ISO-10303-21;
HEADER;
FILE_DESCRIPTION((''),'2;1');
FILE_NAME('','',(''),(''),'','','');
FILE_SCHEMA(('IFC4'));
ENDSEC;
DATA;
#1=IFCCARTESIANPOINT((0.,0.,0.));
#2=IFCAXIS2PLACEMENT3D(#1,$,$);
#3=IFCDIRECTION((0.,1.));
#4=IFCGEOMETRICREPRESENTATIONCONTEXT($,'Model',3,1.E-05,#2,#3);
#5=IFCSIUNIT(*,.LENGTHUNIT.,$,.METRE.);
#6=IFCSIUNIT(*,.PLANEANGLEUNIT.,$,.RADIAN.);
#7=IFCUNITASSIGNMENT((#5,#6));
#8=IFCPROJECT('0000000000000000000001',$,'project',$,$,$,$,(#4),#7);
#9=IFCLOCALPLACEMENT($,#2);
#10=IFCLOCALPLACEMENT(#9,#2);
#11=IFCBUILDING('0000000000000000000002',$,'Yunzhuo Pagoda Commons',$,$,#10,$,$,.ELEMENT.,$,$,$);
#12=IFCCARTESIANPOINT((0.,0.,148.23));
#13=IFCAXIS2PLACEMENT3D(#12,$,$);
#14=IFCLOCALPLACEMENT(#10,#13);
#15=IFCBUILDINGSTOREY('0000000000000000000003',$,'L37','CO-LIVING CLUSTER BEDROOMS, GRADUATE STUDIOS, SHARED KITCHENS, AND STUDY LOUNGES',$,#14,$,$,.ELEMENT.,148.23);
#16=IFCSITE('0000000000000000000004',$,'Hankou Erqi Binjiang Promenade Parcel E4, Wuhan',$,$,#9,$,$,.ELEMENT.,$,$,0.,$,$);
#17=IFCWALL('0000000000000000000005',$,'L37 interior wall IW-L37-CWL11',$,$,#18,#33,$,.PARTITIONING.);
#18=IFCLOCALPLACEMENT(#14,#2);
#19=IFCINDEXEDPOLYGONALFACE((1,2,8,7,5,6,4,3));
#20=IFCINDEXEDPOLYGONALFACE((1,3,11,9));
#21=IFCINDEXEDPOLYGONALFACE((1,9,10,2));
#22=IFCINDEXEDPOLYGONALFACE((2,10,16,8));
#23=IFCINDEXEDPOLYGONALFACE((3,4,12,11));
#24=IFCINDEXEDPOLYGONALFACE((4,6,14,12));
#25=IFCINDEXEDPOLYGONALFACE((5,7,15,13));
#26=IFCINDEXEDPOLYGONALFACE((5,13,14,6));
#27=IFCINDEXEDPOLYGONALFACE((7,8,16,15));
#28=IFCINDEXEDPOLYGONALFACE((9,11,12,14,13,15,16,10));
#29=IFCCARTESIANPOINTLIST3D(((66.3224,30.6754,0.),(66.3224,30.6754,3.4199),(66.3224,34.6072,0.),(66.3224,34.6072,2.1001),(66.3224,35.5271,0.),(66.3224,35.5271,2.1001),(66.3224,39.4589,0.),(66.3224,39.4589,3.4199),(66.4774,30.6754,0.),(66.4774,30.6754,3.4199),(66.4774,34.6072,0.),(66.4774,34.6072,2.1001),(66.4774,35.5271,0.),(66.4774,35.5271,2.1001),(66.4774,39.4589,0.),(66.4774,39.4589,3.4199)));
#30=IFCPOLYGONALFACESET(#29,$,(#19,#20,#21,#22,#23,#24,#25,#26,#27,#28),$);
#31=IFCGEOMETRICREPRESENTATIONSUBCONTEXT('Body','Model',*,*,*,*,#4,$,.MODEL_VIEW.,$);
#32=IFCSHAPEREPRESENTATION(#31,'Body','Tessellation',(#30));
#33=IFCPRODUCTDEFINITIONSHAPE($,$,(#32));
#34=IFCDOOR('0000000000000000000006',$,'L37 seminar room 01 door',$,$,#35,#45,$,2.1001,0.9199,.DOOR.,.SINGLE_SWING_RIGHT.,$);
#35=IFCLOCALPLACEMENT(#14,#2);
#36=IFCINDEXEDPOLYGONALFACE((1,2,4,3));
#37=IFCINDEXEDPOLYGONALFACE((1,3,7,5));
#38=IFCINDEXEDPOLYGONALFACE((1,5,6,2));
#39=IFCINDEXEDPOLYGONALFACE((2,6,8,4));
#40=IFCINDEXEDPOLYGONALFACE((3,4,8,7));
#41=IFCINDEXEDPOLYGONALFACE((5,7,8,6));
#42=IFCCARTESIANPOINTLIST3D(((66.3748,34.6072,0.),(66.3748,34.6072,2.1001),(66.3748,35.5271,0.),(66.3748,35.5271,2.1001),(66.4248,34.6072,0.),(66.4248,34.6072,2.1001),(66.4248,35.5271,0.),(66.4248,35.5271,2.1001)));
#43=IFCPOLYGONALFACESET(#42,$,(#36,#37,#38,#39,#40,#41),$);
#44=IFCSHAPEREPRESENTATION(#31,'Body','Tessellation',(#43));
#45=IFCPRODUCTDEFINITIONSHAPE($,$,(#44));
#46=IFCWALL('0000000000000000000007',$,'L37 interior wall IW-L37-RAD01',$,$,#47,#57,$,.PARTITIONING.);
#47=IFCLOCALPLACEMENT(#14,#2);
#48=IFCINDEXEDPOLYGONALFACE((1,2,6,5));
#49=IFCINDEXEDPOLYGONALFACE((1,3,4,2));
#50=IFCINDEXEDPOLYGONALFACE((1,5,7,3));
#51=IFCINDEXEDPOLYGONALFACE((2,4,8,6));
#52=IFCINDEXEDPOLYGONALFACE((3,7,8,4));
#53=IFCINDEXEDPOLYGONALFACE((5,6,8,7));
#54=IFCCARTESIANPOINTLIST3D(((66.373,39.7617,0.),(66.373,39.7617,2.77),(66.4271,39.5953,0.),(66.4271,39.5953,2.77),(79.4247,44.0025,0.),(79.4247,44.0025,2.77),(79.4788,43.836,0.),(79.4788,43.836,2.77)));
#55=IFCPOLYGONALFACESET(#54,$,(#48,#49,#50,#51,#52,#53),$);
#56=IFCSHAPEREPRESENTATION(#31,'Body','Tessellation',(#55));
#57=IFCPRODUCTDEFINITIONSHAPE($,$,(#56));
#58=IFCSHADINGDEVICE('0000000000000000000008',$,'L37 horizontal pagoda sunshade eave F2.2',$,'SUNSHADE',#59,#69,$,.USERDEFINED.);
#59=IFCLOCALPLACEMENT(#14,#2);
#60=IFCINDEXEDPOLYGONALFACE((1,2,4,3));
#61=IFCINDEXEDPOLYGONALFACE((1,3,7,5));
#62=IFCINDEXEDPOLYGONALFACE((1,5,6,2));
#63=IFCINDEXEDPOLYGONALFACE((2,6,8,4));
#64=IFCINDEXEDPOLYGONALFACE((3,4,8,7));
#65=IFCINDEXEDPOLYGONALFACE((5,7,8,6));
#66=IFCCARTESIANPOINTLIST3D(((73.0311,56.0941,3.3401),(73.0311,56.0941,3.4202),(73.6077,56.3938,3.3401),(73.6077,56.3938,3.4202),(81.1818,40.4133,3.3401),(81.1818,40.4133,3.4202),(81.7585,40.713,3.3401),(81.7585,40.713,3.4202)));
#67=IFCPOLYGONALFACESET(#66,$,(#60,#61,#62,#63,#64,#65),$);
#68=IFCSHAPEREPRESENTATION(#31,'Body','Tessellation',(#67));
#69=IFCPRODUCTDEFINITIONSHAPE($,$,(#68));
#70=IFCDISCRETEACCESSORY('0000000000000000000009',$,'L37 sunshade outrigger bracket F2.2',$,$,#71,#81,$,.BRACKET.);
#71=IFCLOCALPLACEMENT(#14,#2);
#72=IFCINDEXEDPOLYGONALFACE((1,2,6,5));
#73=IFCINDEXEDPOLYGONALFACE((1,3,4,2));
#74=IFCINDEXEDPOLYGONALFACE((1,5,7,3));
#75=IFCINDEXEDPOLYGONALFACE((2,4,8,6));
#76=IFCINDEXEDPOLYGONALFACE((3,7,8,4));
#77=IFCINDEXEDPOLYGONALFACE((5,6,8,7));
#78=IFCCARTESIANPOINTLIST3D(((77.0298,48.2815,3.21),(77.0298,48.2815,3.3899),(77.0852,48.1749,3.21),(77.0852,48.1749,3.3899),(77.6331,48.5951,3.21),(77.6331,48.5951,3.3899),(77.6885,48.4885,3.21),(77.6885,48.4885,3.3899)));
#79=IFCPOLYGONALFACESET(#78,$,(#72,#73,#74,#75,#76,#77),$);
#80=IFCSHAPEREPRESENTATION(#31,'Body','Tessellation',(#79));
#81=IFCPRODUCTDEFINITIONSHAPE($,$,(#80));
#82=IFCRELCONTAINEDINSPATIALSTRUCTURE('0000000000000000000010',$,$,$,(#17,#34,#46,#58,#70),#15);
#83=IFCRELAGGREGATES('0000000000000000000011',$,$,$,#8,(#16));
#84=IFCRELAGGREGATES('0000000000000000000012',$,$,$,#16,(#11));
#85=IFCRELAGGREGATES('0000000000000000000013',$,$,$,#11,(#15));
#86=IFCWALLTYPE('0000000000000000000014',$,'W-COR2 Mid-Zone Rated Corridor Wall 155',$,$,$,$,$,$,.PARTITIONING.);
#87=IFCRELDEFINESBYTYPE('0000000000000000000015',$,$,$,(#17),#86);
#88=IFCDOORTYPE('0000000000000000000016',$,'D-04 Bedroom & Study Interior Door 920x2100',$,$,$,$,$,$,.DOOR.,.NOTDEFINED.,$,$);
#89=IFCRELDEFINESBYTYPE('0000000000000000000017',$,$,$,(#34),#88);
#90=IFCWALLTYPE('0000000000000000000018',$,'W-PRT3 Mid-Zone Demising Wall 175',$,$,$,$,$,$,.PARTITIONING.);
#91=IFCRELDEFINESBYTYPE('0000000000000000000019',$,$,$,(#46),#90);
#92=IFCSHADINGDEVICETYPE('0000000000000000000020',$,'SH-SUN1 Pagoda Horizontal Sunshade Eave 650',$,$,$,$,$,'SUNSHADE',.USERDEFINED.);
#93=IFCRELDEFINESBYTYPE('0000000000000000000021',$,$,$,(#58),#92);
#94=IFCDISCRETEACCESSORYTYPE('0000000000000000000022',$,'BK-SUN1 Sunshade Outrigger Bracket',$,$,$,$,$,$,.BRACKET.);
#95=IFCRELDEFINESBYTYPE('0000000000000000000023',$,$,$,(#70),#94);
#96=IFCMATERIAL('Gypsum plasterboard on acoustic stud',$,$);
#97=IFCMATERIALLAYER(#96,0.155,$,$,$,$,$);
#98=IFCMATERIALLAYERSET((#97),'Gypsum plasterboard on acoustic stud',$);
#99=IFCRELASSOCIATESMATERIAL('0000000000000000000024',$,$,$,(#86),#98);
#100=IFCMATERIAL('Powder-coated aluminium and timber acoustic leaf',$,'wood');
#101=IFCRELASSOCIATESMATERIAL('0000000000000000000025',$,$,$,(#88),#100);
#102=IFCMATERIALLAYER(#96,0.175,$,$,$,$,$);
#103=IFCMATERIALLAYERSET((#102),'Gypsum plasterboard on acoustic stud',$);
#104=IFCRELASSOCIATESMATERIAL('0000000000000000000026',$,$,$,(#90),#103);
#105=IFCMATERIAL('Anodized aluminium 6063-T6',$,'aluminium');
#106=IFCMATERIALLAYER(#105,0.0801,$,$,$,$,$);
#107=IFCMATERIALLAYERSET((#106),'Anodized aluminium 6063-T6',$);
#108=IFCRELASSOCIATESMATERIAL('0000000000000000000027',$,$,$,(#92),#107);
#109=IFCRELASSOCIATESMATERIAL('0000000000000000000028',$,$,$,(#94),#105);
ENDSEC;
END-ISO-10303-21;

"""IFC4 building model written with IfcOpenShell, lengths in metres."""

from ifc_helpers import new_model, si_unit, direction, frame, frame_2d, origin, origin_with_axes, origin_2d, place, context, subcontext, project, spatial, rectangle, extrude, source, transform, mapped, material, layer, layer_set, type_object, element, fill, save


model = new_model("IFC4")

# Units and contexts
model_context = context("Model", 3, precision=1e-05, world=origin(), true_north=direction((0.0, 1.0)))
body_context = subcontext(model_context, "Body", "Model", "MODEL_VIEW")
ifc_project = project(units=[si_unit("LENGTHUNIT", "METRE"), si_unit("PLANEANGLEUNIT", "RADIAN")], contexts=[model_context])

# Site, building, storey
site_placement = place(None, origin())
site = spatial("IfcSite", under=ifc_project, at=site_placement, Name="Hankou Erqi Binjiang Promenade Parcel E4, Wuhan", CompositionType="ELEMENT", RefElevation=0.0)
building_placement = place(site_placement, origin())
building = spatial("IfcBuilding", under=site, at=building_placement, Name="Yunzhuo Pagoda Commons", CompositionType="ELEMENT")
storey_placement = place(building_placement, frame((0.0, 0.0, 148.23)))
storey = spatial("IfcBuildingStorey", under=building, at=storey_placement, Name="L37", Description="CO-LIVING CLUSTER BEDROOMS, GRADUATE STUDIOS, SHARED KITCHENS, AND STUDY LOUNGES", CompositionType="ELEMENT", Elevation=148.23)

# Shared definitions
ifc_material_1 = material(Name="Anodized aluminium 6063-T6", Category="aluminium")

# Wall, opening, door
ifc_material_2 = material(Name="Gypsum plasterboard on acoustic stud")
ifc_layer_1 = layer(ifc_material_2, 0.155)
ifc_layer_set_1 = layer_set([ifc_layer_1], Name="Gypsum plasterboard on acoustic stud")
wall_type_1 = type_object("IfcWallType", Name="W-COR2 Mid-Zone Rated Corridor Wall 155", PredefinedType="PARTITIONING", material=ifc_layer_set_1)
wall_1_placement = place(storey_placement, frame((66.3999, 39.4587, 0.0), z_axis=(0.0, 0.0, 1.0), x_axis=(0.0, -1.0, 0.0)))
wall_1 = element("IfcWall", 1, at=wall_1_placement, inside=storey, type_object=wall_type_1, Name="L37 interior wall IW-L37-CWL11", PredefinedType="PARTITIONING", context=body_context, shape_type="SweptSolid", body=[
    extrude(rectangle(XDim=8.7834, YDim=0.155, at=frame_2d((4.3916, 0.0))), origin(), (0.0, 0.0, 1.0), 3.4199),
])
opening_placement = place(wall_1_placement, frame((3.9316, 0.0, 0.0)))
opening = element("IfcOpeningElement", 2, at=opening_placement, cuts=wall_1, PredefinedType="OPENING", context=body_context, shape_type="SweptSolid", body=[
    extrude(rectangle(XDim=0.9199, YDim=2.1001, at=frame_2d((0.46, 1.05))), frame((0.0, 0.0874, 0.0), z_axis=(0.0, -1.0, 0.0), x_axis=(1.0, 0.0, 0.0)), (0.0, 0.0, 1.0), 0.175),
])
ifc_material_3 = material(Name="Powder-coated aluminium and timber acoustic leaf", Category="wood")
door_type = type_object("IfcDoorType", Name="D-04 Bedroom & Study Interior Door 920x2100", OperationType="NOTDEFINED", PredefinedType="DOOR", material=ifc_material_3)
shared_shape_1 = source(origin(), body_context, "Body", "SweptSolid", [
    extrude(rectangle(XDim=0.9199, YDim=2.1001, at=frame_2d((0.46, 1.05))), frame((0.0, 0.0249, 0.0), z_axis=(0.0, -1.0, 0.0), x_axis=(1.0, 0.0, 0.0)), (0.0, 0.0, 1.0), 0.05),
])
door_placement = place(opening_placement, origin_with_axes())
door = element("IfcDoor", 3, at=door_placement, inside=storey, type_object=door_type, Name="L37 seminar room 01 door", OperationType="SINGLE_SWING_RIGHT", OverallHeight=2.1001, OverallWidth=0.9199, PredefinedType="DOOR", context=body_context, shape_type="MappedRepresentation", body=[
    mapped(shared_shape_1, transform((0.0, 0.0, 0.0), scale=1.0)),
])
fill(opening, door)

# Wall
ifc_layer_2 = layer(ifc_material_2, 0.175)
ifc_layer_set_2 = layer_set([ifc_layer_2], Name="Gypsum plasterboard on acoustic stud")
wall_type_2 = type_object("IfcWallType", Name="W-PRT3 Mid-Zone Demising Wall 175", PredefinedType="PARTITIONING", material=ifc_layer_set_2)
wall_2_placement = place(storey_placement, frame((66.3999, 39.6785, 0.0), z_axis=(0.0, 0.0, 1.0), x_axis=(0.951058, 0.309014, 0.0)))
element("IfcWall", 4, at=wall_2_placement, inside=storey, type_object=wall_type_2, Name="L37 interior wall IW-L37-RAD01", PredefinedType="PARTITIONING", context=body_context, shape_type="SweptSolid", body=[
    extrude(rectangle(XDim=13.7234, YDim=0.175, at=frame_2d((6.8618, 0.0))), origin(), (0.0, 0.0, 1.0), 2.77),
])

# Shading device
ifc_layer_3 = layer(ifc_material_1, 0.0801)
ifc_layer_set_3 = layer_set([ifc_layer_3], Name="Anodized aluminium 6063-T6")
shading_device_type = type_object("IfcShadingDeviceType", Name="SH-SUN1 Pagoda Horizontal Sunshade Eave 650", ElementType="SUNSHADE", PredefinedType="USERDEFINED", material=ifc_layer_set_3)
shared_shape_2 = source(origin(), body_context, "Body", "SweptSolid", [
    extrude(rectangle(XDim=17.6726, YDim=0.6499, at=origin_2d()), origin(), (0.0, 0.0, 1.0), 0.0801),
])
shading_device_placement = place(storey_placement, frame((77.3948, 48.4036, 3.3401), z_axis=(0.0, 0.0, 1.0), x_axis=(-0.461207, 0.887293, 0.0)))
element("IfcShadingDevice", 5, at=shading_device_placement, inside=storey, type_object=shading_device_type, Name="L37 horizontal pagoda sunshade eave F2.2", ObjectType="SUNSHADE", PredefinedType="USERDEFINED", context=body_context, shape_type="MappedRepresentation", body=[
    mapped(shared_shape_2, transform((0.0, 0.0, 0.0), scale=1.0)),
])

# Discrete accessory
discrete_accessory_type = type_object("IfcDiscreteAccessoryType", Name="BK-SUN1 Sunshade Outrigger Bracket", PredefinedType="BRACKET", material=ifc_material_1)
shared_shape_3 = source(origin(), body_context, "Body", "SweptSolid", [
    extrude(rectangle(XDim=0.1201, YDim=0.6799, at=origin_2d()), origin(), (0.0, 0.0, 1.0), 0.1799),
])
discrete_accessory_placement = place(storey_placement, frame((77.3591, 48.385, 3.21), z_axis=(0.0, 0.0, 1.0), x_axis=(-0.461207, 0.887293, 0.0)))
element("IfcDiscreteAccessory", 6, at=discrete_accessory_placement, inside=storey, type_object=discrete_accessory_type, Name="L37 sunshade outrigger bracket F2.2", PredefinedType="BRACKET", context=body_context, shape_type="MappedRepresentation", body=[
    mapped(shared_shape_3, transform((0.0, 0.0, 0.0), scale=1.0)),
])

save(model, "model.ifc")
